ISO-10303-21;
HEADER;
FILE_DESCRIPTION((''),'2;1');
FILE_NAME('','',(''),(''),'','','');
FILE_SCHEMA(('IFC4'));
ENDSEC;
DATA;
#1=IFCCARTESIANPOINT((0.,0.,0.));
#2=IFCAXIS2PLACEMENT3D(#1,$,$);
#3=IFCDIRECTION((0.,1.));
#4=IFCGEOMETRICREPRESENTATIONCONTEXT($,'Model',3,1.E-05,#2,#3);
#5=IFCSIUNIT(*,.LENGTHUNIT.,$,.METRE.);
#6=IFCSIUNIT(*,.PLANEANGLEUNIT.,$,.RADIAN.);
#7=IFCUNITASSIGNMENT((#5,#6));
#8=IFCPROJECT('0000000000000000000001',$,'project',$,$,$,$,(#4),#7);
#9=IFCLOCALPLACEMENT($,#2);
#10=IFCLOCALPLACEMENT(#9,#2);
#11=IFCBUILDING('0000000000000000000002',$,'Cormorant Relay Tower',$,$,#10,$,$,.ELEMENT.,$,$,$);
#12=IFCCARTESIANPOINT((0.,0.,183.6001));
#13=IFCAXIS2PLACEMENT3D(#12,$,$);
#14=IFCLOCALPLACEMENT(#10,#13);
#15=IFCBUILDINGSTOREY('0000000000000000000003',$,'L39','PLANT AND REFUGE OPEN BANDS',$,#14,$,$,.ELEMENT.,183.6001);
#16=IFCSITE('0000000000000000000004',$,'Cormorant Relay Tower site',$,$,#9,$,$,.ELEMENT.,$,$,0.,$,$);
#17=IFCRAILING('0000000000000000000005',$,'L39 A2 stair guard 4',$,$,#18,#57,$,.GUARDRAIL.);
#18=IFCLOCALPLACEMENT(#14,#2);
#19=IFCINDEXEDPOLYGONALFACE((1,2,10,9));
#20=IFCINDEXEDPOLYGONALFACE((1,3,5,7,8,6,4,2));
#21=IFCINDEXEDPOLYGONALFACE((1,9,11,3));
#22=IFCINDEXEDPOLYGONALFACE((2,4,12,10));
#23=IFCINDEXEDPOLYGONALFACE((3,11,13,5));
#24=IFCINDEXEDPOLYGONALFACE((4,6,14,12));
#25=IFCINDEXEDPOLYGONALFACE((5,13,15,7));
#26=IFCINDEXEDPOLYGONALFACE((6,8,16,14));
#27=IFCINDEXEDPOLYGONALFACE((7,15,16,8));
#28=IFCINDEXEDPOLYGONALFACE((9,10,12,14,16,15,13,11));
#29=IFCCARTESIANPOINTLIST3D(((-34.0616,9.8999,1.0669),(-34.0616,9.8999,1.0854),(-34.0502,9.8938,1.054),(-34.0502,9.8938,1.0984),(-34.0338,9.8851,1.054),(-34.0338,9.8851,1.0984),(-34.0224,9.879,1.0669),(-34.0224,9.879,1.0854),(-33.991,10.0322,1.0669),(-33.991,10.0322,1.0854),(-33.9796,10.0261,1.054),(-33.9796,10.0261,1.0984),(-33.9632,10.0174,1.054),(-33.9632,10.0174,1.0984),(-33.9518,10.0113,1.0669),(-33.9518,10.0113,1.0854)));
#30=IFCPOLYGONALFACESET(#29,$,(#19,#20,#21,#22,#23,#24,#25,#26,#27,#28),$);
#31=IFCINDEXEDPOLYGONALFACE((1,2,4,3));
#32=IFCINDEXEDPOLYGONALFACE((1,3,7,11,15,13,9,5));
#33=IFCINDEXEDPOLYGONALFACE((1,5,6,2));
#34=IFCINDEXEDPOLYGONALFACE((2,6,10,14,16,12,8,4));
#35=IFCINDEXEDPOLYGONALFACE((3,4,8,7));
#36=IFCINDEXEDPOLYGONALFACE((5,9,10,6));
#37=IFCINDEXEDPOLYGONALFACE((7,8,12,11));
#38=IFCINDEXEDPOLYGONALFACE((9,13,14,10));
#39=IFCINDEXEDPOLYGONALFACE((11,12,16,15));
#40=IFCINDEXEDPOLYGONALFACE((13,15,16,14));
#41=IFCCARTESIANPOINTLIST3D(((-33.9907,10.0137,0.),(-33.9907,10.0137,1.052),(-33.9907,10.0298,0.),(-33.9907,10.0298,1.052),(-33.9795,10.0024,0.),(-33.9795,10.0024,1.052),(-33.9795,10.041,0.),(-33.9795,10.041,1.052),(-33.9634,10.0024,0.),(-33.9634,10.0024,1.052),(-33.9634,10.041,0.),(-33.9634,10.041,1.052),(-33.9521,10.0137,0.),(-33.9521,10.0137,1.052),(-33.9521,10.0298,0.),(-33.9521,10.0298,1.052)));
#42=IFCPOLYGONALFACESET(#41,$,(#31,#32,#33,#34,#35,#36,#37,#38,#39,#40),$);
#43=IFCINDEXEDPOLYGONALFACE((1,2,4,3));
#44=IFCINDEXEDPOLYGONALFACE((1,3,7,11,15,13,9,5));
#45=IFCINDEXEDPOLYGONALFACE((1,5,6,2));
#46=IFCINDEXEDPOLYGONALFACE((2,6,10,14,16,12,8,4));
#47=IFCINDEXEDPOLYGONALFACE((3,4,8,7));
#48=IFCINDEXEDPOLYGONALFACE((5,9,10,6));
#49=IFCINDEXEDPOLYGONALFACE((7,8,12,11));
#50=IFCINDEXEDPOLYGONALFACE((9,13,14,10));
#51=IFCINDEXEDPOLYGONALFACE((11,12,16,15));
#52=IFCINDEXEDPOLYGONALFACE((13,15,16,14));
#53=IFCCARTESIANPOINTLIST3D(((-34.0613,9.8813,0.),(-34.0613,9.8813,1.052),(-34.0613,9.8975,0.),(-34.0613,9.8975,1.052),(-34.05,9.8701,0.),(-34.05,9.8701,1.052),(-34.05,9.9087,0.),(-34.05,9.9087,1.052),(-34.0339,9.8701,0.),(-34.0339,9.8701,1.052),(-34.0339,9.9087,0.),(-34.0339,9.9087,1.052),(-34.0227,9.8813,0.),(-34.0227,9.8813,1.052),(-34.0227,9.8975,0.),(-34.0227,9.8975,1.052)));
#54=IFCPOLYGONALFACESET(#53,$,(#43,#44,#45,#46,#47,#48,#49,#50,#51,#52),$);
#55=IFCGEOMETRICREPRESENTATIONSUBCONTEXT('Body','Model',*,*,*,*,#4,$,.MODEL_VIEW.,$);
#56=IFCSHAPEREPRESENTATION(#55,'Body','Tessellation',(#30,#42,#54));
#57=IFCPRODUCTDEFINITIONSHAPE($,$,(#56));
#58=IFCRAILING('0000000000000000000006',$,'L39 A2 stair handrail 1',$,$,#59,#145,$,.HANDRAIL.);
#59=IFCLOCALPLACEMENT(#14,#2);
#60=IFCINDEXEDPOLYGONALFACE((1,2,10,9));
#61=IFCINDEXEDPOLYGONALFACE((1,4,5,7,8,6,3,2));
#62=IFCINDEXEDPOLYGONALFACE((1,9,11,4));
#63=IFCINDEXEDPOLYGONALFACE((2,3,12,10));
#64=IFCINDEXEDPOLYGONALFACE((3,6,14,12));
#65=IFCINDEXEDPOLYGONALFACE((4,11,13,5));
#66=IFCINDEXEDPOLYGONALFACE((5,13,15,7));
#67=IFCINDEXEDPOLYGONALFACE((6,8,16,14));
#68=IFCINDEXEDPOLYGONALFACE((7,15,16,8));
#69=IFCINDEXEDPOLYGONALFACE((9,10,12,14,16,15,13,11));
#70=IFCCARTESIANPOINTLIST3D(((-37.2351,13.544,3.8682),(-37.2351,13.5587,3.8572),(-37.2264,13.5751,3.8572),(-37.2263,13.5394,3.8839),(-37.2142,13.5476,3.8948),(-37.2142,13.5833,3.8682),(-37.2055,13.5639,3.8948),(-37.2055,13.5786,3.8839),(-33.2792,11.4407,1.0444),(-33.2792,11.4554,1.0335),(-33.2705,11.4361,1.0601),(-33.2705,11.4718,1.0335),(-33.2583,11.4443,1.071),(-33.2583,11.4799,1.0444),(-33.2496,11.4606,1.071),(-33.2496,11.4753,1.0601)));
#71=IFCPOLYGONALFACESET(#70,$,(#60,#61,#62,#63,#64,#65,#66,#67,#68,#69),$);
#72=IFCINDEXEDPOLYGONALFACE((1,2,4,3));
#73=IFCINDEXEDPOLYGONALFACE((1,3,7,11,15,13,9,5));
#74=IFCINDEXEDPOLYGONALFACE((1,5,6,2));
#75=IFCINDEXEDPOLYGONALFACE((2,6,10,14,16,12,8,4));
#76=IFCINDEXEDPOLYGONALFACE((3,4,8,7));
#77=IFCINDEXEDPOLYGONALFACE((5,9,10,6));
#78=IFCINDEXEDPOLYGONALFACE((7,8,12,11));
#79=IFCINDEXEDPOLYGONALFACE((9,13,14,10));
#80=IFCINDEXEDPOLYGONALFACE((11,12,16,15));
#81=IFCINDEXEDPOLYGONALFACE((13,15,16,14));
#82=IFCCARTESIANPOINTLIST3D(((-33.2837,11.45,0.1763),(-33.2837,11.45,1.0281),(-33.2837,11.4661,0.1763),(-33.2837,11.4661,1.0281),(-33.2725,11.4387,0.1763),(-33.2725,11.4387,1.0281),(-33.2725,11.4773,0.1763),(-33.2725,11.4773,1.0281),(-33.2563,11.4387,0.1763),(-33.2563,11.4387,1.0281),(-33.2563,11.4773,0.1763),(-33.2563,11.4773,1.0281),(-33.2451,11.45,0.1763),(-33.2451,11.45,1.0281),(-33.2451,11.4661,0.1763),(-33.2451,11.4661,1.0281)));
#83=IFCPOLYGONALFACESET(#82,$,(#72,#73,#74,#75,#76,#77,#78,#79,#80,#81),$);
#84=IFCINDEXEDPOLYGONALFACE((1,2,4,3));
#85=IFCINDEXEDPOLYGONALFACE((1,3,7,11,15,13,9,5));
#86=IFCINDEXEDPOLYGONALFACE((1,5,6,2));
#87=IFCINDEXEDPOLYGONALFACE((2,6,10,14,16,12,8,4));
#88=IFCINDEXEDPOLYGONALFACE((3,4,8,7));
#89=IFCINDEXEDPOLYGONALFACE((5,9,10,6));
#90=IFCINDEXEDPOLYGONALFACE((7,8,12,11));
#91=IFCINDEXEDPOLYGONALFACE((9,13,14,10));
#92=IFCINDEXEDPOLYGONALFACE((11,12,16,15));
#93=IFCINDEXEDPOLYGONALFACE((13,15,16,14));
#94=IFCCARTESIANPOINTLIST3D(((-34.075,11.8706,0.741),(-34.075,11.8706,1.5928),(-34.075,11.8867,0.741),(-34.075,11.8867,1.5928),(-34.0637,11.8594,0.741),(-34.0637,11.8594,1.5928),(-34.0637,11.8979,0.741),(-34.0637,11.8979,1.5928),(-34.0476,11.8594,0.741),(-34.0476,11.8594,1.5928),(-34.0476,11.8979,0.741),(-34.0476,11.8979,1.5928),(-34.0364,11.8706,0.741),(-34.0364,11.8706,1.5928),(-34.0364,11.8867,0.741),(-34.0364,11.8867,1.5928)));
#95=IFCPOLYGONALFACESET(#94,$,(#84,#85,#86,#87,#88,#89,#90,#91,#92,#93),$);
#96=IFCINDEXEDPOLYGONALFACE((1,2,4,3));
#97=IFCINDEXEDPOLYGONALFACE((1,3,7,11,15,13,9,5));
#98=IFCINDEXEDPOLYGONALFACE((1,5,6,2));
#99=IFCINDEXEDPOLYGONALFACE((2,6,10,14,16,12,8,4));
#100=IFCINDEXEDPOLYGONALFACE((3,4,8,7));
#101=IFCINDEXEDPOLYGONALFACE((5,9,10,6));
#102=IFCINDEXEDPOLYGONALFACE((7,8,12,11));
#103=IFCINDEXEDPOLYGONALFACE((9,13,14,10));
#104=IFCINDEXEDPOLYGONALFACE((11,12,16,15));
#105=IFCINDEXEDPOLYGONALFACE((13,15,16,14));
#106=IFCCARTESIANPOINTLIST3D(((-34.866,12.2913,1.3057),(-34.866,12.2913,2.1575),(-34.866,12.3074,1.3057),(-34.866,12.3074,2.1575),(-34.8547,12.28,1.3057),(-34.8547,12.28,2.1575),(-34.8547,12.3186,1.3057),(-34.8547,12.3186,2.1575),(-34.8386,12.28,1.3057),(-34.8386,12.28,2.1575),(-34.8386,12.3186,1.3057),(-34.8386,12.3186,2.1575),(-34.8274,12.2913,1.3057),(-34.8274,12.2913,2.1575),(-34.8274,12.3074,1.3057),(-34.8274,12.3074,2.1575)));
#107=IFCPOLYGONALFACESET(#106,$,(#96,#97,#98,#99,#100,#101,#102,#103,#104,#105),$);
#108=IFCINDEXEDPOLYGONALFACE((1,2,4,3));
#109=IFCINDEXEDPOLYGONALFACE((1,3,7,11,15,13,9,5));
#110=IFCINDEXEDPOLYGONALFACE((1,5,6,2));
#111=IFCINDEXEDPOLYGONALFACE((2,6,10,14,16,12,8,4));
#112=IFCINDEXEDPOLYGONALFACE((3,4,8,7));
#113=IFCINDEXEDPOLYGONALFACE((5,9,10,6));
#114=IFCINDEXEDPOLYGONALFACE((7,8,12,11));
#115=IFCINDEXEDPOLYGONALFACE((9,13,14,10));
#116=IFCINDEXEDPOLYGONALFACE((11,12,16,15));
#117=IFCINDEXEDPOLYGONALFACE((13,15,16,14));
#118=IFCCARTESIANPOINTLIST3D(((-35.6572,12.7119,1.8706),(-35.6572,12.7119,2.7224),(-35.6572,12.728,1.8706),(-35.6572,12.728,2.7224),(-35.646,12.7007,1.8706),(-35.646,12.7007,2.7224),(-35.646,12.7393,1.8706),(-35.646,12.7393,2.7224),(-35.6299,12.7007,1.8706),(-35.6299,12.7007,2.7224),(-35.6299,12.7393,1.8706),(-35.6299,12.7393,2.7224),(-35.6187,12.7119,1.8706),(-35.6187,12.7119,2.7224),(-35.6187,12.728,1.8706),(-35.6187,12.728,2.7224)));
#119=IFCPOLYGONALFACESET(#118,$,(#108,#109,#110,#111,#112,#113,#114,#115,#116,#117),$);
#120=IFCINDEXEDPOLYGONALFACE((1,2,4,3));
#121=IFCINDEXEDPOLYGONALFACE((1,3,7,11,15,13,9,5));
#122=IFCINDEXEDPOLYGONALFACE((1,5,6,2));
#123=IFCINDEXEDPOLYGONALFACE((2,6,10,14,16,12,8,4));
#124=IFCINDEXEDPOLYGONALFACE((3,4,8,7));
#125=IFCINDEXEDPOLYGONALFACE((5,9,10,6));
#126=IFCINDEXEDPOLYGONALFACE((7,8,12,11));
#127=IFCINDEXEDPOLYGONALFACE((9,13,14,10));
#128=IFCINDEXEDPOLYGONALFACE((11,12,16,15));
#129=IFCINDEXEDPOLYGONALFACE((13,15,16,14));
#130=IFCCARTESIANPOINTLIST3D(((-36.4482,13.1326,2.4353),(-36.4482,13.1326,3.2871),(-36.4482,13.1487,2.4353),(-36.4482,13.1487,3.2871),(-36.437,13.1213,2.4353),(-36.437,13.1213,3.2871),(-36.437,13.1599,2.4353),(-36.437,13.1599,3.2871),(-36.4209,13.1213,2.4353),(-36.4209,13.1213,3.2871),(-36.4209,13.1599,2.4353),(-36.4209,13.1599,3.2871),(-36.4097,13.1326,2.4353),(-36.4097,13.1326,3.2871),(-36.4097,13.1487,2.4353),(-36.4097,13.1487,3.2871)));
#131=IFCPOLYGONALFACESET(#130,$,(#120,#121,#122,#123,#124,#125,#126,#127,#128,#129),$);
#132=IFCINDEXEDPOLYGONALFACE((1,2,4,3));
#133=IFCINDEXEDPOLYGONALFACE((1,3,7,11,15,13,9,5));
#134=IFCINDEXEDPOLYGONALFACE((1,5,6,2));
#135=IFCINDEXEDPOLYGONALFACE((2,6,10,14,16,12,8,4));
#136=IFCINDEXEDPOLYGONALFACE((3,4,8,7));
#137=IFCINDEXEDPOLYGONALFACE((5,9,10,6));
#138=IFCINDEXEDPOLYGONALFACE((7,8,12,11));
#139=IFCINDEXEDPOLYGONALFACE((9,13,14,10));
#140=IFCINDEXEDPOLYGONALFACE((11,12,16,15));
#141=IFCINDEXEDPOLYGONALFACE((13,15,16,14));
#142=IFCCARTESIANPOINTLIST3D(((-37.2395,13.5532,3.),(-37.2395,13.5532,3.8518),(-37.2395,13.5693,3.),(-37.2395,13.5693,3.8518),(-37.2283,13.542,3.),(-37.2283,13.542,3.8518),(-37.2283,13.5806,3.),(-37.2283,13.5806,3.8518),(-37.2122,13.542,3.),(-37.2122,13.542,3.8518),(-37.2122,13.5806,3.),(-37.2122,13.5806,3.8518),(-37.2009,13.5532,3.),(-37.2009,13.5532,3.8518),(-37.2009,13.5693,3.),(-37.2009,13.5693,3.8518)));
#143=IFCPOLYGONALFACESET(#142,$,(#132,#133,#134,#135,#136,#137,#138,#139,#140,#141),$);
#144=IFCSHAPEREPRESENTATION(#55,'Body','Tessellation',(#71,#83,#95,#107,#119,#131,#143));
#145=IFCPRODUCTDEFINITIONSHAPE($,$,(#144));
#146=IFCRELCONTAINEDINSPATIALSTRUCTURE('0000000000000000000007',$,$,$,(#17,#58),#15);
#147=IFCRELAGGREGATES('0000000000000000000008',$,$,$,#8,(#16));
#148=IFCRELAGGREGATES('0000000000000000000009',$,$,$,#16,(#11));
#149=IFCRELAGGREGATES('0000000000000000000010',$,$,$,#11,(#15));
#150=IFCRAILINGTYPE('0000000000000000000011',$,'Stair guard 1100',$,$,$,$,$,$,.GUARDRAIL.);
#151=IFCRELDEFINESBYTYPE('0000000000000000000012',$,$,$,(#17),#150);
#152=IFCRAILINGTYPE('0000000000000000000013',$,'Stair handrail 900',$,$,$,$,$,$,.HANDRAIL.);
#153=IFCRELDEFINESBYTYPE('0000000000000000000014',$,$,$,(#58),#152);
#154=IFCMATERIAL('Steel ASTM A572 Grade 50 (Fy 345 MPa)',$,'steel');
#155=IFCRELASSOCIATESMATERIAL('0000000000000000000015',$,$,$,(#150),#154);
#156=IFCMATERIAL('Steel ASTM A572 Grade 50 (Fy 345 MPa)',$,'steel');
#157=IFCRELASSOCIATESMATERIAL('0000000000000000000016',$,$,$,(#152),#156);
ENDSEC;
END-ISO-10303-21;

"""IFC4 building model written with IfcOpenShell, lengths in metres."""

from ifc_helpers import new_model, si_unit, direction, frame, origin, place, context, subcontext, project, spatial, polyline, outline, extrude, material, type_object, element, save


model = new_model("IFC4")

# Units and contexts
model_context = context("Model", 3, precision=1e-05, world=origin(), true_north=direction((0.0, 1.0)))
body_context = subcontext(model_context, "Body", "Model", "MODEL_VIEW")
ifc_project = project(units=[si_unit("LENGTHUNIT", "METRE"), si_unit("PLANEANGLEUNIT", "RADIAN")], contexts=[model_context])

# Site, building, storey
site_placement = place(None, origin())
site = spatial("IfcSite", under=ifc_project, at=site_placement, Name="Cormorant Relay Tower site", CompositionType="ELEMENT", RefElevation=0.0)
building_placement = place(site_placement, origin())
building = spatial("IfcBuilding", under=site, at=building_placement, Name="Cormorant Relay Tower", CompositionType="ELEMENT")
storey_placement = place(building_placement, frame((0.0, 0.0, 183.6001)))
storey = spatial("IfcBuildingStorey", under=building, at=storey_placement, Name="L39", Description="PLANT AND REFUGE OPEN BANDS", CompositionType="ELEMENT", Elevation=183.6001)

# Railings
ifc_material_1 = material(Name="Steel ASTM A572 Grade 50 (Fy 345 MPa)", Category="steel")
railing_type_1 = type_object("IfcRailingType", Name="Stair guard 1100", PredefinedType="GUARDRAIL", material=ifc_material_1)
railing_1_placement = place(storey_placement, frame((-33.9714, 10.0217, 0.0)))
element("IfcRailing", 1, at=railing_1_placement, inside=storey, type_object=railing_type_1, Name="L39 A2 stair guard 4", PredefinedType="GUARDRAIL", context=body_context, shape_type="SweptSolid", body=[
    extrude(outline(polyline([(0.0222, 0.0093), (0.0093, 0.0222), (-0.0093, 0.0222), (-0.0222, 0.0093), (-0.0222, -0.0093), (-0.0093, -0.0222), (0.0093, -0.0222), (0.0222, -0.0093), (0.0222, 0.0093)])), frame((0.0, 0.0, 1.0762), z_axis=(-0.470504, -0.882398, 0.0), x_axis=(0.882398, -0.470504, 0.0)), (0.0, 0.0, 1.0), 0.1499),
    extrude(outline(polyline([(0.0193, 0.0081), (0.0081, 0.0193), (-0.0081, 0.0193), (-0.0193, 0.0081), (-0.0193, -0.0081), (-0.0081, -0.0193), (0.0081, -0.0193), (0.0193, -0.0081), (0.0193, 0.0081)])), origin(), (0.0, 0.0, 1.0), 1.052),
    extrude(outline(polyline([(0.0193, 0.0081), (0.0081, 0.0193), (-0.0081, 0.0193), (-0.0193, 0.0081), (-0.0193, -0.0081), (-0.0081, -0.0193), (0.0081, -0.0193), (0.0193, -0.0081), (0.0193, 0.0081)])), frame((-0.0706, -0.1323, 0.0)), (0.0, 0.0, 1.0), 1.052),
])
ifc_material_2 = material(Name="Steel ASTM A572 Grade 50 (Fy 345 MPa)", Category="steel")
railing_type_2 = type_object("IfcRailingType", Name="Stair handrail 900", PredefinedType="HANDRAIL", material=ifc_material_2)
railing_2_placement = place(storey_placement, frame((-33.2644, 11.458, 0.1763)))
element("IfcRailing", 2, at=railing_2_placement, inside=storey, type_object=railing_type_2, Name="L39 A2 stair handrail 1", PredefinedType="HANDRAIL", context=body_context, shape_type="SweptSolid", body=[
    extrude(outline(polyline([(0.0222, 0.0093), (0.0093, 0.0222), (-0.0093, 0.0222), (-0.0222, 0.0093), (-0.0222, -0.0093), (-0.0093, -0.0222), (0.0093, -0.0222), (0.0222, -0.0093), (0.0222, 0.0093)])), frame((0.0, 0.0, 0.876), z_axis=(-0.746969, 0.397157, 0.533201), x_axis=(-0.469459, -0.882954, 0.0)), (0.0, 0.0, 1.0), 5.2959),
    extrude(outline(polyline([(0.0193, 0.0081), (0.0081, 0.0193), (-0.0081, 0.0193), (-0.0193, 0.0081), (-0.0193, -0.0081), (-0.0081, -0.0193), (0.0081, -0.0193), (0.0193, -0.0081), (0.0193, 0.0081)])), origin(), (0.0, 0.0, 1.0), 0.8518),
    extrude(outline(polyline([(0.0193, 0.0081), (0.0081, 0.0193), (-0.0081, 0.0193), (-0.0193, 0.0081), (-0.0193, -0.0081), (-0.0081, -0.0193), (0.0081, -0.0193), (0.0193, -0.0081), (0.0193, 0.0081)])), frame((-0.7913, 0.4207, 0.5647)), (0.0, 0.0, 1.0), 0.8518),
    extrude(outline(polyline([(0.0193, 0.0081), (0.0081, 0.0193), (-0.0081, 0.0193), (-0.0193, 0.0081), (-0.0193, -0.0081), (-0.0081, -0.0193), (0.0081, -0.0193), (0.0193, -0.0081), (0.0193, 0.0081)])), frame((-1.5823, 0.8413, 1.1294)), (0.0, 0.0, 1.0), 0.8518),
    extrude(outline(polyline([(0.0193, 0.0081), (0.0081, 0.0193), (-0.0081, 0.0193), (-0.0193, 0.0081), (-0.0193, -0.0081), (-0.0081, -0.0193), (0.0081, -0.0193), (0.0193, -0.0081), (0.0193, 0.0081)])), frame((-2.3735, 1.262, 1.6943)), (0.0, 0.0, 1.0), 0.8518),
    extrude(outline(polyline([(0.0193, 0.0081), (0.0081, 0.0193), (-0.0081, 0.0193), (-0.0193, 0.0081), (-0.0193, -0.0081), (-0.0081, -0.0193), (0.0081, -0.0193), (0.0193, -0.0081), (0.0193, 0.0081)])), frame((-3.1646, 1.6826, 2.259)), (0.0, 0.0, 1.0), 0.8518),
    extrude(outline(polyline([(0.0193, 0.0081), (0.0081, 0.0193), (-0.0081, 0.0193), (-0.0193, 0.0081), (-0.0193, -0.0081), (-0.0081, -0.0193), (0.0081, -0.0193), (0.0193, -0.0081), (0.0193, 0.0081)])), frame((-3.9558, 2.1033, 2.8237)), (0.0, 0.0, 1.0), 0.8518),
])

save(model, "model.ifc")
